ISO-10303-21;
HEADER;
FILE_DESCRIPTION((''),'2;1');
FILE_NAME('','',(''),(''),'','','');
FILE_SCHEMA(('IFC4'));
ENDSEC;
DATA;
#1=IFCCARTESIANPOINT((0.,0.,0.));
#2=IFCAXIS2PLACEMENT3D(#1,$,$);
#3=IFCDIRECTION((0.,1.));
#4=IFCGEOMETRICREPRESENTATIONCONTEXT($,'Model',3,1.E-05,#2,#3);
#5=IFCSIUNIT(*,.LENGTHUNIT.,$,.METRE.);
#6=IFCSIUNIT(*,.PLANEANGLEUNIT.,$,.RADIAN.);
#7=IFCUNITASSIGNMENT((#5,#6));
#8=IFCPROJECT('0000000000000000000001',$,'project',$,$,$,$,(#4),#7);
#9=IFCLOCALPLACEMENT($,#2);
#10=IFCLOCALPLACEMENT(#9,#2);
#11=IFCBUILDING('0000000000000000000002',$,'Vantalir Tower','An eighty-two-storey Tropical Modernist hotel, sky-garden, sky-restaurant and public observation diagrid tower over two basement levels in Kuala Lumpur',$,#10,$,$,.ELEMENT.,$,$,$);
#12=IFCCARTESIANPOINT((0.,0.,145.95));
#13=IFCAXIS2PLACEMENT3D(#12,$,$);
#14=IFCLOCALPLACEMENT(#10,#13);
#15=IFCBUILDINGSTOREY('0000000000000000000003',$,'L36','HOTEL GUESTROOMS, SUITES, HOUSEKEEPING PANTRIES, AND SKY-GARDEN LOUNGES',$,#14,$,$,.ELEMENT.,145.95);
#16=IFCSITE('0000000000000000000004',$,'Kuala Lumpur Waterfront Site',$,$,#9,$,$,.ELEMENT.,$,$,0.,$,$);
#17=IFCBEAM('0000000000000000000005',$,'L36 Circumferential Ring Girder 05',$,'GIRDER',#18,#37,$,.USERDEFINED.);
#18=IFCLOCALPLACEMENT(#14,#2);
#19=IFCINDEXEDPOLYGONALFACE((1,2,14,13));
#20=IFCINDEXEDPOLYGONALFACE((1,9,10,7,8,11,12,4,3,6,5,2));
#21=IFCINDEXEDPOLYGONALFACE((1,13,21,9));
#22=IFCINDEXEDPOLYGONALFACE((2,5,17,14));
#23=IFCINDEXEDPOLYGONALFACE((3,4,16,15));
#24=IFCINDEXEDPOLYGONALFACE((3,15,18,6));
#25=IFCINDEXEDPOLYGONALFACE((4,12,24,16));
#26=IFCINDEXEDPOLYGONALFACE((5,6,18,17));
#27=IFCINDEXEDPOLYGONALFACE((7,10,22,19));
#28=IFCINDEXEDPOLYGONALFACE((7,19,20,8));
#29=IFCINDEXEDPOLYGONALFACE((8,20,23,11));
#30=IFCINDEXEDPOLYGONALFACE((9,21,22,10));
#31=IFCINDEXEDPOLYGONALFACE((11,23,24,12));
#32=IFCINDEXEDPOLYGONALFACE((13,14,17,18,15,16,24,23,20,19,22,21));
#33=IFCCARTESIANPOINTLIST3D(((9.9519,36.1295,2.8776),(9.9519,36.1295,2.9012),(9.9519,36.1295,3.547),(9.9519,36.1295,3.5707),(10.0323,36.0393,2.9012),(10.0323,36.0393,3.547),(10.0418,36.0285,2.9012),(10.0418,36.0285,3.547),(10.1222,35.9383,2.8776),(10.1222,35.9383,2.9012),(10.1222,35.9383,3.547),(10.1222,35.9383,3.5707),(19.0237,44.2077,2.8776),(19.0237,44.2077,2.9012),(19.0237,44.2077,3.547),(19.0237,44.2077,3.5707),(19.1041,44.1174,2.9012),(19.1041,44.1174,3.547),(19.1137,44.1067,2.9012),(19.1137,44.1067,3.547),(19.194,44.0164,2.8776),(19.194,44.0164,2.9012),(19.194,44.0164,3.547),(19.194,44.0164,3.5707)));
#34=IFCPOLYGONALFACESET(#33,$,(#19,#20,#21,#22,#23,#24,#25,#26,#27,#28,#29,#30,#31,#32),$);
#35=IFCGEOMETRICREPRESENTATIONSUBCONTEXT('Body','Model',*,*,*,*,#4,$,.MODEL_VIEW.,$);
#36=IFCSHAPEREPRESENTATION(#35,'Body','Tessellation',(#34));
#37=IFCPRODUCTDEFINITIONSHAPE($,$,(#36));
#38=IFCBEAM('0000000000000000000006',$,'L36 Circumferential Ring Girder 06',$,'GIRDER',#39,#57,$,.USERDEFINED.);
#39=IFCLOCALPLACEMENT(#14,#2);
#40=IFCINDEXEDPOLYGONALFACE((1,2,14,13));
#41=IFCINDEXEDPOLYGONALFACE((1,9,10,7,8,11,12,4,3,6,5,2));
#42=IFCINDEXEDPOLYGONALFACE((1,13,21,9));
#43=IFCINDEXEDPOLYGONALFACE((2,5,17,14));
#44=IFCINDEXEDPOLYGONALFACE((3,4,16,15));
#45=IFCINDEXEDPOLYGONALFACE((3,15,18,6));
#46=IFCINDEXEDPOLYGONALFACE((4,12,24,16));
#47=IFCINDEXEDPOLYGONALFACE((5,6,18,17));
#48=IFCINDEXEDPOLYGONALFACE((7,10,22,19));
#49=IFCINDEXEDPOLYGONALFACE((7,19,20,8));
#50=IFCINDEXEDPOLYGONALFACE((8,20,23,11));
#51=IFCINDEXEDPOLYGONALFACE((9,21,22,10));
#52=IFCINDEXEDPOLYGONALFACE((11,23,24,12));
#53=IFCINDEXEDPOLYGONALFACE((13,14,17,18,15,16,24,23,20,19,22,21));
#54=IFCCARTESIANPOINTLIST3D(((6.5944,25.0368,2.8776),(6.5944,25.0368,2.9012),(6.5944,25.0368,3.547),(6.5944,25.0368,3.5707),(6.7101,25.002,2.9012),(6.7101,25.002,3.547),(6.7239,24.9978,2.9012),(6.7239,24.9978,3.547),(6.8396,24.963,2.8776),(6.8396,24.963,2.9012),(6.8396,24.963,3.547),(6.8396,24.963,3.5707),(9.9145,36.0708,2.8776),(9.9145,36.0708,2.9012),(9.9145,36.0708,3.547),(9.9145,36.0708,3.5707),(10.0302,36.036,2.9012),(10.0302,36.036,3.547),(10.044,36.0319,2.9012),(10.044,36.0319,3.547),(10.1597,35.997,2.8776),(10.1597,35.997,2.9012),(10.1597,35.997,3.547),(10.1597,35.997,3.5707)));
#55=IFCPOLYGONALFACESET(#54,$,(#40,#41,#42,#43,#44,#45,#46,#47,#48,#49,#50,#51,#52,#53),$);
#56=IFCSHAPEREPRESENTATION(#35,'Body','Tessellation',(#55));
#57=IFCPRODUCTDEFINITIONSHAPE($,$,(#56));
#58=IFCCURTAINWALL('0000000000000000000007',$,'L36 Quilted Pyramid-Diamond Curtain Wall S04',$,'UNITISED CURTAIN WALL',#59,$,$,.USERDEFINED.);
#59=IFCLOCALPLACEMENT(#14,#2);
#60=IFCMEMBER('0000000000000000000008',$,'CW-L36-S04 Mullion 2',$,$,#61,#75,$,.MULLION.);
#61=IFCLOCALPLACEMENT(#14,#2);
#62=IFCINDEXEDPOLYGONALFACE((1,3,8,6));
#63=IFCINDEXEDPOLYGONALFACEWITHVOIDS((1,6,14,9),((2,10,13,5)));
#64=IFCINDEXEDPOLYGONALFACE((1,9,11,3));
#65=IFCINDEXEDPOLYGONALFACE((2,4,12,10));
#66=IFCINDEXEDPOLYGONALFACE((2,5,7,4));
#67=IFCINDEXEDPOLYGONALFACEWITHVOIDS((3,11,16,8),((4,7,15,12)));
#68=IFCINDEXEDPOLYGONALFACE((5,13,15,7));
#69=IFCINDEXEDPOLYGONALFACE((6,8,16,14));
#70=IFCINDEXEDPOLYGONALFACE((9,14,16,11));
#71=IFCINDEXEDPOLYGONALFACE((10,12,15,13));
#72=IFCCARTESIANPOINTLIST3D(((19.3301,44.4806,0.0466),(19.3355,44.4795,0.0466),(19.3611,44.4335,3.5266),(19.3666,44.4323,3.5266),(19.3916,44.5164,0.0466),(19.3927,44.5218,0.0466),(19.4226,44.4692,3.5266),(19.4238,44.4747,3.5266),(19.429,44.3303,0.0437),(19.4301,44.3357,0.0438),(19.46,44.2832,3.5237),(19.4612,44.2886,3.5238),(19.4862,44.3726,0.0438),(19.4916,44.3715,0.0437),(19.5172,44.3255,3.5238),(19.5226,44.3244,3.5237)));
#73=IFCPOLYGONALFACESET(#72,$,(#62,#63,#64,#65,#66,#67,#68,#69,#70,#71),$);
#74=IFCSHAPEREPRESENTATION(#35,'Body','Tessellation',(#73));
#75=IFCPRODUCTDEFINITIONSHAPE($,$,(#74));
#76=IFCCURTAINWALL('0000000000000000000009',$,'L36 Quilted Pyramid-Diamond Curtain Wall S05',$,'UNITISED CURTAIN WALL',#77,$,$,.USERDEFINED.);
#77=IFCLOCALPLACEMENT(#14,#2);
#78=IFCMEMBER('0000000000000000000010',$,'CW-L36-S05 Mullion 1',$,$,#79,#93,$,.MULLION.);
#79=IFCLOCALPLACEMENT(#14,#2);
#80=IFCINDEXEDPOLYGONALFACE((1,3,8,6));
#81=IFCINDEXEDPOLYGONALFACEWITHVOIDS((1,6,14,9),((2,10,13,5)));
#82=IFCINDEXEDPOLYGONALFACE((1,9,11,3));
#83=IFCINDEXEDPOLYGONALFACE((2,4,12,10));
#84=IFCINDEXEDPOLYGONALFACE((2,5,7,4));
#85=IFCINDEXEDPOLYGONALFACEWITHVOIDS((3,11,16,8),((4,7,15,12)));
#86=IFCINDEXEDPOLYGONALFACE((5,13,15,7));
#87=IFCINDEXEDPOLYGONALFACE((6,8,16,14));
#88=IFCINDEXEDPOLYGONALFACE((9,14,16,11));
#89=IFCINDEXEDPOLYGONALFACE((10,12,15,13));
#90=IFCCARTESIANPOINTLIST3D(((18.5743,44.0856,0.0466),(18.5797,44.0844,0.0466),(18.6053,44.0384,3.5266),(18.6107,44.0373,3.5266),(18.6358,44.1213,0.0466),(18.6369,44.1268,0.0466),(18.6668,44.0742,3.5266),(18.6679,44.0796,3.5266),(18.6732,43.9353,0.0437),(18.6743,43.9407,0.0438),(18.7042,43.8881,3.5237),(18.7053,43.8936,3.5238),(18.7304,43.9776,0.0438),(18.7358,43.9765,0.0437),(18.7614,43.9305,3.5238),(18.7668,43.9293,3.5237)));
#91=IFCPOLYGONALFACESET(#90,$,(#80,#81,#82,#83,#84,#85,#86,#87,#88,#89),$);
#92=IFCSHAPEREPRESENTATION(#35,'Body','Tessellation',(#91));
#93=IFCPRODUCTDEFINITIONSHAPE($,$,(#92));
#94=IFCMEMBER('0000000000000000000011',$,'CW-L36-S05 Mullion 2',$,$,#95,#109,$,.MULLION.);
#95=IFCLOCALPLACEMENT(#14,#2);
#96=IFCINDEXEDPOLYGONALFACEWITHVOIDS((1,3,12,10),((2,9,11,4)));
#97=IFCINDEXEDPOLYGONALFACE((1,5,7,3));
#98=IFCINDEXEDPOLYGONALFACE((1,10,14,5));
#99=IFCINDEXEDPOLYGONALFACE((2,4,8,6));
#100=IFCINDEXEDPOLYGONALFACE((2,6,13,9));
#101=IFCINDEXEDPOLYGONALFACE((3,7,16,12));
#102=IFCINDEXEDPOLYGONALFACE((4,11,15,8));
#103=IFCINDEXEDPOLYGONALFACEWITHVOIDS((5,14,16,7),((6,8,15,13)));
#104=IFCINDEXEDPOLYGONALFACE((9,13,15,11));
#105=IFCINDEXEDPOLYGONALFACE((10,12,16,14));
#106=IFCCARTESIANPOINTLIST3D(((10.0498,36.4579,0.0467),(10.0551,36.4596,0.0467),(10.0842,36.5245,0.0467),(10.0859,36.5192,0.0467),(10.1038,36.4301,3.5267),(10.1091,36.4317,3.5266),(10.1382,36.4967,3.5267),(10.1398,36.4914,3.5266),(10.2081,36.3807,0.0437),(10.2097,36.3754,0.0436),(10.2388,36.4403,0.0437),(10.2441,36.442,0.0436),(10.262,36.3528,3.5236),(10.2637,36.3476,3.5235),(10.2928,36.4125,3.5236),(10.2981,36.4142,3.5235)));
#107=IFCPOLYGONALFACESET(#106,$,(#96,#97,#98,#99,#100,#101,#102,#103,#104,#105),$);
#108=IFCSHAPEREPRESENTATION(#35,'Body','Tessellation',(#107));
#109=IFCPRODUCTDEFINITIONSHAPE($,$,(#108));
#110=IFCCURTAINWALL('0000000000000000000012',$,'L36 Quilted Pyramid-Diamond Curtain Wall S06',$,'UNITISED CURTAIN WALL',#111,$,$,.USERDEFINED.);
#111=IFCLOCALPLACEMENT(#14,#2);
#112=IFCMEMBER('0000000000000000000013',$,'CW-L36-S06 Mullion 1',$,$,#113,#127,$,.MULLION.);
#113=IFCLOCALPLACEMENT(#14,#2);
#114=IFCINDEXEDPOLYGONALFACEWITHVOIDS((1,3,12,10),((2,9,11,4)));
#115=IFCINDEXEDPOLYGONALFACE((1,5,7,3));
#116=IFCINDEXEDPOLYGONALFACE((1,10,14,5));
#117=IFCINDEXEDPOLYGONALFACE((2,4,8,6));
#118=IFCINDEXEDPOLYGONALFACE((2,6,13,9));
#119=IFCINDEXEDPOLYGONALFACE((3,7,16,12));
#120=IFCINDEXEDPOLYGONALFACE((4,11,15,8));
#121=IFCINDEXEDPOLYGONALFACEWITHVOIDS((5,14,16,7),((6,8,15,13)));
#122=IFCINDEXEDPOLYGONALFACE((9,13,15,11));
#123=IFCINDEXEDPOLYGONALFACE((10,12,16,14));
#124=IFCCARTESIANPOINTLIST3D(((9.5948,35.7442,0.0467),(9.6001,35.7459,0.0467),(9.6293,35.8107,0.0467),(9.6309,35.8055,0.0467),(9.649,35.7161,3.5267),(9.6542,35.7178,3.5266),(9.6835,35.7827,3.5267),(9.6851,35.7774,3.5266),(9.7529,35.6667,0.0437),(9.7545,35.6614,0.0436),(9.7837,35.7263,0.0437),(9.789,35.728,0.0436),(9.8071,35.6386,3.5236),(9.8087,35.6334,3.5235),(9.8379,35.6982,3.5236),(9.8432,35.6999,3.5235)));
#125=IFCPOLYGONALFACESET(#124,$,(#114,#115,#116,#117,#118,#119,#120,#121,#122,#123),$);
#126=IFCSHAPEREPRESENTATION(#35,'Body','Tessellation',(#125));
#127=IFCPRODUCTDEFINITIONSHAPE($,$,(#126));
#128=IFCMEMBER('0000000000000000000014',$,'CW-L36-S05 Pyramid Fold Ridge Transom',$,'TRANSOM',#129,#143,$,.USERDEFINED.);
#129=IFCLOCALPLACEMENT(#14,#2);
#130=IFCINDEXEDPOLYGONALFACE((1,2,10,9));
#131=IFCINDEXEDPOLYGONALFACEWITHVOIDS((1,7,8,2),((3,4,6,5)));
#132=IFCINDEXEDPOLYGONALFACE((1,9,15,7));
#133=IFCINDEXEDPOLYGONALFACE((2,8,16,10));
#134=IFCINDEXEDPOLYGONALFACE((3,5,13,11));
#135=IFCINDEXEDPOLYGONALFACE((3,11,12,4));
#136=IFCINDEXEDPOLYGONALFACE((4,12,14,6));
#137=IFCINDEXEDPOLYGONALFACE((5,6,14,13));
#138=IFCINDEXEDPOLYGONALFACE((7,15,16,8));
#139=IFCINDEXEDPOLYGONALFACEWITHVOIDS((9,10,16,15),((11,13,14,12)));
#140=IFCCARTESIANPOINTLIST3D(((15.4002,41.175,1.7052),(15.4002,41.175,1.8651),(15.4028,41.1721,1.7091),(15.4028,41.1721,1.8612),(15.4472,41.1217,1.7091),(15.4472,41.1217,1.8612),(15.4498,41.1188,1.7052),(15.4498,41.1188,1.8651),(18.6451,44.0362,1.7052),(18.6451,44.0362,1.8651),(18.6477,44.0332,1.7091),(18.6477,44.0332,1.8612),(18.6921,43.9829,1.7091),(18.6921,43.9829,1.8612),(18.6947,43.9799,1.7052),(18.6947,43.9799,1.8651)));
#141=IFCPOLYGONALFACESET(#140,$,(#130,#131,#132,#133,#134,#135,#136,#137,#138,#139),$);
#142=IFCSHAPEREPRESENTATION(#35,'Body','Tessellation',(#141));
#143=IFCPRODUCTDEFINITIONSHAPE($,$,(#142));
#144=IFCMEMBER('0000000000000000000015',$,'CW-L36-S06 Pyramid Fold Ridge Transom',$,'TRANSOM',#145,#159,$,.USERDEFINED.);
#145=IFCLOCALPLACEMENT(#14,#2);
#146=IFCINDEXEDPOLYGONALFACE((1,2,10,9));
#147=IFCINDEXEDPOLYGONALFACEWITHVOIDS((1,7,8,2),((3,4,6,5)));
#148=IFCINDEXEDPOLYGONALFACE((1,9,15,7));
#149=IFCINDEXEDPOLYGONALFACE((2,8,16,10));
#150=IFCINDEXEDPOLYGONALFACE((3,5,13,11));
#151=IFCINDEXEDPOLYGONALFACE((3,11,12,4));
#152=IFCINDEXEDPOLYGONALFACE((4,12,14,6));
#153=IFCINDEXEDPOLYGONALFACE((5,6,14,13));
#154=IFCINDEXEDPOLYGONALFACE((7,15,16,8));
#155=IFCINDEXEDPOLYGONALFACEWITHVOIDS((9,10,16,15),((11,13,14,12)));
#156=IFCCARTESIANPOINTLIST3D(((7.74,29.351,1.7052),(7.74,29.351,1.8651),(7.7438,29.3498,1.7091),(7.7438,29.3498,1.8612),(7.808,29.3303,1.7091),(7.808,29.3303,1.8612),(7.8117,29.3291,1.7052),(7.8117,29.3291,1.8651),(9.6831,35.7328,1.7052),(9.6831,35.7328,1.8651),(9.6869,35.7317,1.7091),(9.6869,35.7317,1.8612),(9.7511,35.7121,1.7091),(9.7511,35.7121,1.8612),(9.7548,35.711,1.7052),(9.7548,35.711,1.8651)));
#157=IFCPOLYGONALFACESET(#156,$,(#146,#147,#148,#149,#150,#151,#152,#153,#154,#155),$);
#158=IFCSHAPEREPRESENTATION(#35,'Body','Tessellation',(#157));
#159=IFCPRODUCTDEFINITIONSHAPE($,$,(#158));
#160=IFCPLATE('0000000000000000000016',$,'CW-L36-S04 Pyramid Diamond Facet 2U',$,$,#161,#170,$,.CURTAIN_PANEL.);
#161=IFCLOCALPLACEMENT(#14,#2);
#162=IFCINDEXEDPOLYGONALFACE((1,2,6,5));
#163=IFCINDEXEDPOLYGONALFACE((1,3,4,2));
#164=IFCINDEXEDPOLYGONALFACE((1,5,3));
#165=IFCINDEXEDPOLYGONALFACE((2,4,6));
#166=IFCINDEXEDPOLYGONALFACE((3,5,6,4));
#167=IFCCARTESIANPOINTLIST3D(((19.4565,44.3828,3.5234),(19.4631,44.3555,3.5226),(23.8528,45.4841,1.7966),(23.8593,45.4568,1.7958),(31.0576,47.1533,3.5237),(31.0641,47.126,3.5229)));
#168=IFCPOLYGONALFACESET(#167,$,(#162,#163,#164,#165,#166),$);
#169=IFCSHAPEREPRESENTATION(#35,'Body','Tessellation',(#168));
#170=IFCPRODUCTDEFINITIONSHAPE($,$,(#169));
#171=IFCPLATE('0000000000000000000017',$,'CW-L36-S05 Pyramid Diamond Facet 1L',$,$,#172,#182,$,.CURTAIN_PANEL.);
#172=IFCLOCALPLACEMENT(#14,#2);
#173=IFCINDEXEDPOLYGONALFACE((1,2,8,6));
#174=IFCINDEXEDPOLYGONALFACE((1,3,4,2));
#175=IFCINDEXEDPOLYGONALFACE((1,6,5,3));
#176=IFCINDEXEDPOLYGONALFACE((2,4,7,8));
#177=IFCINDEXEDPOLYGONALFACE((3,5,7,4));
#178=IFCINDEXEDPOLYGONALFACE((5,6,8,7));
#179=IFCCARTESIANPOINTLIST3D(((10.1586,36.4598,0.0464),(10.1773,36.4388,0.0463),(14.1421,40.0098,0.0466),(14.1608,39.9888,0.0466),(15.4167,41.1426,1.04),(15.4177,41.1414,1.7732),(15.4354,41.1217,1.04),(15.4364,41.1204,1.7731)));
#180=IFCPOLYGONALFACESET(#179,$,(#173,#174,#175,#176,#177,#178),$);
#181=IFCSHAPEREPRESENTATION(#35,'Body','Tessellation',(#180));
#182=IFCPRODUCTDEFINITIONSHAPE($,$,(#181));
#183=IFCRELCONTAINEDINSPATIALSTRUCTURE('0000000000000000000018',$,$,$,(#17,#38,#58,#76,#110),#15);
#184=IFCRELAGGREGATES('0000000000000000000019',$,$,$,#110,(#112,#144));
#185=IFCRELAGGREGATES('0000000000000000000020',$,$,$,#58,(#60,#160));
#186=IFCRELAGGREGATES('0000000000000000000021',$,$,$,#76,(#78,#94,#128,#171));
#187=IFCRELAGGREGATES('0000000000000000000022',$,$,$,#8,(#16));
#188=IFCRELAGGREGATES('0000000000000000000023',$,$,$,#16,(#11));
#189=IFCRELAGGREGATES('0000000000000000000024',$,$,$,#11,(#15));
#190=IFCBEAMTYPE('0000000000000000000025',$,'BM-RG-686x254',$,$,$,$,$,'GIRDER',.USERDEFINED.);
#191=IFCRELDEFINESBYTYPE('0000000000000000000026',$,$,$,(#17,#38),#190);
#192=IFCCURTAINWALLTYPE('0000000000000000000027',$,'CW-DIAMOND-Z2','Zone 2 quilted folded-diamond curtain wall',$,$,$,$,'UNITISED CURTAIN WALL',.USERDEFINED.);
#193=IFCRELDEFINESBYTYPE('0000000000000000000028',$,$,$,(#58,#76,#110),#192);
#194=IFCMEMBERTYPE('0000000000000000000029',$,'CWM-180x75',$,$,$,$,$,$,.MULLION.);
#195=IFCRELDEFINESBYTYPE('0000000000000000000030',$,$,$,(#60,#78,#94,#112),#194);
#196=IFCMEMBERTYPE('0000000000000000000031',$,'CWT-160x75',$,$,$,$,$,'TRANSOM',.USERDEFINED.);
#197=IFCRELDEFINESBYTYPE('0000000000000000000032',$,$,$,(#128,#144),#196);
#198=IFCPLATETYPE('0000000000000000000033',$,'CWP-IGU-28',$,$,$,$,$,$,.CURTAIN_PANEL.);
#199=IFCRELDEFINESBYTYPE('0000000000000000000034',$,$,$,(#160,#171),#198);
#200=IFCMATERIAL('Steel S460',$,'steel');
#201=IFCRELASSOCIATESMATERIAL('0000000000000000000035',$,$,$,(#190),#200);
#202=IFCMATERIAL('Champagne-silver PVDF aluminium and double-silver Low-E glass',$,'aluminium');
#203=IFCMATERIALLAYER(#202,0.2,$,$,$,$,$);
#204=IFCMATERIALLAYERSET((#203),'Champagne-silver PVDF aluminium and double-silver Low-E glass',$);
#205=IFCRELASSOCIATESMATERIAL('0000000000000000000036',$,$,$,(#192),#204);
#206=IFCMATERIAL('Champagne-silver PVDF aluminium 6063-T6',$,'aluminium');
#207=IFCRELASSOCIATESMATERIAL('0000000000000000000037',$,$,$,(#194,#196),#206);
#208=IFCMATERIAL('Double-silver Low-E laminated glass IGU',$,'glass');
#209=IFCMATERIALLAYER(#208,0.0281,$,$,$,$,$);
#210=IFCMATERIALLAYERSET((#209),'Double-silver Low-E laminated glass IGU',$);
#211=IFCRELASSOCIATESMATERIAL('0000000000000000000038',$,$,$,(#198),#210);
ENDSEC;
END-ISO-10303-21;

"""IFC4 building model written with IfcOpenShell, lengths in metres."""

from ifc_helpers import new_model, si_unit, direction, frame, origin, origin_2d, place, context, subcontext, project, spatial, polyline, hollow_rectangle, i_section, outline, extrude, material, layer, layer_set, material_profile, profile_set, type_object, element, aggregate, save


model = new_model("IFC4")

# Units and contexts
model_context = context("Model", 3, precision=1e-05, world=origin(), true_north=direction((0.0, 1.0)))
body_context = subcontext(model_context, "Body", "Model", "MODEL_VIEW")
ifc_project = project(units=[si_unit("LENGTHUNIT", "METRE"), si_unit("PLANEANGLEUNIT", "RADIAN")], contexts=[model_context])

# Site, building, storey
site_placement = place(None, origin())
site = spatial("IfcSite", under=ifc_project, at=site_placement, Name="Kuala Lumpur Waterfront Site", CompositionType="ELEMENT", RefElevation=0.0)
building_placement = place(site_placement, origin())
building = spatial("IfcBuilding", under=site, at=building_placement, Name="Vantalir Tower", Description="An eighty-two-storey Tropical Modernist hotel, sky-garden, sky-restaurant and public observation diagrid tower over two basement levels in Kuala Lumpur", CompositionType="ELEMENT")
storey_placement = place(building_placement, frame((0.0, 0.0, 145.95)))
storey = spatial("IfcBuildingStorey", under=building, at=storey_placement, Name="L36", Description="HOTEL GUESTROOMS, SUITES, HOUSEKEEPING PANTRIES, AND SKY-GARDEN LOUNGES", CompositionType="ELEMENT", Elevation=145.95)

# Shared definitions
ifc_material_1 = material(Name="Steel S460", Category="steel")

# Beams
ifc_material_profile_1 = material_profile(ifc_material_1, i_section(OverallWidth=0.2561, OverallDepth=0.6931, WebThickness=0.0144, FlangeThickness=0.0237, at=origin_2d()), Name="Steel S460")
ifc_profile_set_1 = profile_set([ifc_material_profile_1], Name="Steel S460")
beam_type_1 = type_object("IfcBeamType", Name="BM-RG-686x254", ElementType="GIRDER", PredefinedType="USERDEFINED", material=ifc_profile_set_1)
beam_1_placement = place(storey_placement, frame((19.1089, 44.1121, 3.2241), z_axis=(-0.746824, -0.665022, 0.0), x_axis=(0.665022, -0.746824, 0.0)))
element("IfcBeam", 1, at=beam_1_placement, inside=storey, type_object=beam_type_1, Name="L36 Circumferential Ring Girder 05", ObjectType="GIRDER", PredefinedType="USERDEFINED", context=body_context, shape_type="SweptSolid", body=[
    extrude(i_section(OverallWidth=0.2561, OverallDepth=0.6931, WebThickness=0.0144, FlangeThickness=0.0237, at=origin_2d()), origin(), (0.0, 0.0, 1.0), 12.1472),
])
beam_2_placement = place(storey_placement, frame((10.0371, 36.0339, 3.2241), z_axis=(-0.288135, -0.95759, 0.0), x_axis=(0.95759, -0.288135, 0.0)))
element("IfcBeam", 2, at=beam_2_placement, inside=storey, type_object=beam_type_1, Name="L36 Circumferential Ring Girder 06", ObjectType="GIRDER", PredefinedType="USERDEFINED", context=body_context, shape_type="SweptSolid", body=[
    extrude(i_section(OverallWidth=0.2561, OverallDepth=0.6931, WebThickness=0.0144, FlangeThickness=0.0237, at=origin_2d()), origin(), (0.0, 0.0, 1.0), 11.5227),
])

# Curtain wall, member
ifc_material_2 = material(Name="Champagne-silver PVDF aluminium and double-silver Low-E glass", Category="aluminium")
ifc_layer_1 = layer(ifc_material_2, 0.2)
ifc_layer_set_1 = layer_set([ifc_layer_1], Name="Champagne-silver PVDF aluminium and double-silver Low-E glass")
curtain_wall_type = type_object("IfcCurtainWallType", Name="CW-DIAMOND-Z2", Description="Zone 2 quilted folded-diamond curtain wall", ElementType="UNITISED CURTAIN WALL", PredefinedType="USERDEFINED", material=ifc_layer_set_1)
curtain_wall_1_placement = place(storey_placement, origin())
curtain_wall_1 = element("IfcCurtainWall", 3, at=curtain_wall_1_placement, inside=storey, type_object=curtain_wall_type, Name="L36 Quilted Pyramid-Diamond Curtain Wall S04", ObjectType="UNITISED CURTAIN WALL", PredefinedType="USERDEFINED")
ifc_material_3 = material(Name="Champagne-silver PVDF aluminium 6063-T6", Category="aluminium")
ifc_material_profile_2 = material_profile(ifc_material_3, hollow_rectangle(XDim=0.075, YDim=0.1799, WallThickness=0.0039, at=origin_2d()), Name="Champagne-silver PVDF aluminium 6063-T6")
ifc_profile_set_2 = profile_set([ifc_material_profile_2], Name="Champagne-silver PVDF aluminium 6063-T6")
member_type_1 = type_object("IfcMemberType", Name="CWM-180x75", PredefinedType="MULLION", material=ifc_profile_set_2)
member_1_placement = place(storey_placement, frame((19.4109, 44.426, 0.0452), z_axis=(0.008909, -0.013538, 0.999869), x_axis=(0.835365, 0.549696, 0.0)))
member_1 = element("IfcMember", 4, at=member_1_placement, type_object=member_type_1, Name="CW-L36-S04 Mullion 2", PredefinedType="MULLION", context=body_context, shape_type="SweptSolid", body=[
    extrude(hollow_rectangle(XDim=0.075, YDim=0.1799, WallThickness=0.0039, at=origin_2d()), origin(), (0.0, 0.0, 1.0), 3.4805),
])

# Curtain wall, members
curtain_wall_2_placement = place(storey_placement, origin())
curtain_wall_2 = element("IfcCurtainWall", 5, at=curtain_wall_2_placement, inside=storey, type_object=curtain_wall_type, Name="L36 Quilted Pyramid-Diamond Curtain Wall S05", ObjectType="UNITISED CURTAIN WALL", PredefinedType="USERDEFINED")
member_2_placement = place(storey_placement, frame((18.655, 44.031, 0.0452), z_axis=(0.008909, -0.013538, 0.999869), x_axis=(0.835365, 0.549696, 0.0)))
member_2 = element("IfcMember", 6, at=member_2_placement, type_object=member_type_1, Name="CW-L36-S05 Mullion 1", PredefinedType="MULLION", context=body_context, shape_type="SweptSolid", body=[
    extrude(hollow_rectangle(XDim=0.075, YDim=0.1799, WallThickness=0.0039, at=origin_2d()), origin(), (0.0, 0.0, 1.0), 3.4805),
])
member_3_placement = place(storey_placement, frame((10.147, 36.45, 0.0452), z_axis=(0.015502, -0.007997, 0.999848), x_axis=(0.458438, 0.888726, 0.0)))
member_3 = element("IfcMember", 7, at=member_3_placement, type_object=member_type_1, Name="CW-L36-S05 Mullion 2", PredefinedType="MULLION", context=body_context, shape_type="SweptSolid", body=[
    extrude(hollow_rectangle(XDim=0.075, YDim=0.1799, WallThickness=0.0039, at=origin_2d()), origin(), (0.0, 0.0, 1.0), 3.4805),
])

# Curtain wall, member
curtain_wall_3_placement = place(storey_placement, origin())
curtain_wall_3 = element("IfcCurtainWall", 8, at=curtain_wall_3_placement, inside=storey, type_object=curtain_wall_type, Name="L36 Quilted Pyramid-Diamond Curtain Wall S06", ObjectType="UNITISED CURTAIN WALL", PredefinedType="USERDEFINED")
member_4_placement = place(storey_placement, frame((9.6919, 35.7361, 0.0452), z_axis=(0.015572, -0.008067, 0.999846), x_axis=(0.459967, 0.887936, 0.0)))
member_4 = element("IfcMember", 9, at=member_4_placement, type_object=member_type_1, Name="CW-L36-S06 Mullion 1", PredefinedType="MULLION", context=body_context, shape_type="SweptSolid", body=[
    extrude(hollow_rectangle(XDim=0.075, YDim=0.1799, WallThickness=0.0039, at=origin_2d()), origin(), (0.0, 0.0, 1.0), 3.4805),
])

# Members
ifc_material_profile_3 = material_profile(ifc_material_3, hollow_rectangle(XDim=0.075, YDim=0.1599, WallThickness=0.0039, at=origin_2d()), Name="Champagne-silver PVDF aluminium 6063-T6")
ifc_profile_set_3 = profile_set([ifc_material_profile_3], Name="Champagne-silver PVDF aluminium 6063-T6")
member_type_2 = type_object("IfcMemberType", Name="CWT-160x75", ElementType="TRANSOM", PredefinedType="USERDEFINED", material=ifc_profile_set_3)
member_5_placement = place(storey_placement, frame((18.6699, 44.0081, 1.7852), z_axis=(-0.750072, -0.661357, 0.0), x_axis=(0.661357, -0.750072, 0.0)))
member_5 = element("IfcMember", 10, at=member_5_placement, type_object=member_type_2, Name="CW-L36-S05 Pyramid Fold Ridge Transom", ObjectType="TRANSOM", PredefinedType="USERDEFINED", context=body_context, shape_type="SweptSolid", body=[
    extrude(hollow_rectangle(XDim=0.075, YDim=0.1599, WallThickness=0.0039, at=origin_2d()), origin(), (0.0, 0.0, 1.0), 4.3262),
])
member_6_placement = place(storey_placement, frame((9.719, 35.7219, 1.7852), z_axis=(-0.291274, -0.95664, 0.0), x_axis=(0.95664, -0.291274, 0.0)))
member_6 = element("IfcMember", 11, at=member_6_placement, type_object=member_type_2, Name="CW-L36-S06 Pyramid Fold Ridge Transom", ObjectType="TRANSOM", PredefinedType="USERDEFINED", context=body_context, shape_type="SweptSolid", body=[
    extrude(hollow_rectangle(XDim=0.075, YDim=0.1599, WallThickness=0.0039, at=origin_2d()), origin(), (0.0, 0.0, 1.0), 6.6711),
])
aggregate(curtain_wall_3, [member_4, member_6])

# Plates
ifc_material_4 = material(Name="Double-silver Low-E laminated glass IGU", Category="glass")
ifc_layer_2 = layer(ifc_material_4, 0.0281)
ifc_layer_set_2 = layer_set([ifc_layer_2], Name="Double-silver Low-E laminated glass IGU")
plate_type_1 = type_object("IfcPlateType", Name="CWP-IGU-28", PredefinedType="CURTAIN_PANEL", material=ifc_layer_set_2)
plate_1_placement = place(storey_placement, frame((19.4565, 44.3828, 3.5234), z_axis=(-0.232186, 0.97224, 0.028956), x_axis=(0.972648, 0.232283, 0.00002)))
plate_1 = element("IfcPlate", 12, at=plate_1_placement, type_object=plate_type_1, Name="CW-L36-S04 Pyramid Diamond Facet 2U", PredefinedType="CURTAIN_PANEL", context=body_context, shape_type="SweptSolid", body=[
    extrude(outline(polyline([(0.0, 0.0), (11.9273, 0.0), (4.5318, 1.7276), (0.0, 0.0)])), origin(), (0.0, 0.0, -1.0), 0.0281),
])
aggregate(curtain_wall_1, [member_1, plate_1])
plate_2_placement = place(storey_placement, frame((14.1421, 40.0098, 0.0466), z_axis=(-0.665317, 0.746558, 0.00226), x_axis=(-0.74656, -0.665318, -0.000046)))
plate_2 = element("IfcPlate", 13, at=plate_2_placement, type_object=plate_type_1, Name="CW-L36-S05 Pyramid Diamond Facet 1L", PredefinedType="CURTAIN_PANEL", context=body_context, shape_type="SweptSolid", body=[
    extrude(outline(polyline([(0.0, 0.0), (5.3358, 0.0), (-1.7053, 1.7265), (-1.7053, 0.9933), (0.0, 0.0)])), origin(), (0.0, 0.0, -1.0), 0.0281),
])
aggregate(curtain_wall_2, [member_2, member_3, member_5, plate_2])

save(model, "model.ifc")
